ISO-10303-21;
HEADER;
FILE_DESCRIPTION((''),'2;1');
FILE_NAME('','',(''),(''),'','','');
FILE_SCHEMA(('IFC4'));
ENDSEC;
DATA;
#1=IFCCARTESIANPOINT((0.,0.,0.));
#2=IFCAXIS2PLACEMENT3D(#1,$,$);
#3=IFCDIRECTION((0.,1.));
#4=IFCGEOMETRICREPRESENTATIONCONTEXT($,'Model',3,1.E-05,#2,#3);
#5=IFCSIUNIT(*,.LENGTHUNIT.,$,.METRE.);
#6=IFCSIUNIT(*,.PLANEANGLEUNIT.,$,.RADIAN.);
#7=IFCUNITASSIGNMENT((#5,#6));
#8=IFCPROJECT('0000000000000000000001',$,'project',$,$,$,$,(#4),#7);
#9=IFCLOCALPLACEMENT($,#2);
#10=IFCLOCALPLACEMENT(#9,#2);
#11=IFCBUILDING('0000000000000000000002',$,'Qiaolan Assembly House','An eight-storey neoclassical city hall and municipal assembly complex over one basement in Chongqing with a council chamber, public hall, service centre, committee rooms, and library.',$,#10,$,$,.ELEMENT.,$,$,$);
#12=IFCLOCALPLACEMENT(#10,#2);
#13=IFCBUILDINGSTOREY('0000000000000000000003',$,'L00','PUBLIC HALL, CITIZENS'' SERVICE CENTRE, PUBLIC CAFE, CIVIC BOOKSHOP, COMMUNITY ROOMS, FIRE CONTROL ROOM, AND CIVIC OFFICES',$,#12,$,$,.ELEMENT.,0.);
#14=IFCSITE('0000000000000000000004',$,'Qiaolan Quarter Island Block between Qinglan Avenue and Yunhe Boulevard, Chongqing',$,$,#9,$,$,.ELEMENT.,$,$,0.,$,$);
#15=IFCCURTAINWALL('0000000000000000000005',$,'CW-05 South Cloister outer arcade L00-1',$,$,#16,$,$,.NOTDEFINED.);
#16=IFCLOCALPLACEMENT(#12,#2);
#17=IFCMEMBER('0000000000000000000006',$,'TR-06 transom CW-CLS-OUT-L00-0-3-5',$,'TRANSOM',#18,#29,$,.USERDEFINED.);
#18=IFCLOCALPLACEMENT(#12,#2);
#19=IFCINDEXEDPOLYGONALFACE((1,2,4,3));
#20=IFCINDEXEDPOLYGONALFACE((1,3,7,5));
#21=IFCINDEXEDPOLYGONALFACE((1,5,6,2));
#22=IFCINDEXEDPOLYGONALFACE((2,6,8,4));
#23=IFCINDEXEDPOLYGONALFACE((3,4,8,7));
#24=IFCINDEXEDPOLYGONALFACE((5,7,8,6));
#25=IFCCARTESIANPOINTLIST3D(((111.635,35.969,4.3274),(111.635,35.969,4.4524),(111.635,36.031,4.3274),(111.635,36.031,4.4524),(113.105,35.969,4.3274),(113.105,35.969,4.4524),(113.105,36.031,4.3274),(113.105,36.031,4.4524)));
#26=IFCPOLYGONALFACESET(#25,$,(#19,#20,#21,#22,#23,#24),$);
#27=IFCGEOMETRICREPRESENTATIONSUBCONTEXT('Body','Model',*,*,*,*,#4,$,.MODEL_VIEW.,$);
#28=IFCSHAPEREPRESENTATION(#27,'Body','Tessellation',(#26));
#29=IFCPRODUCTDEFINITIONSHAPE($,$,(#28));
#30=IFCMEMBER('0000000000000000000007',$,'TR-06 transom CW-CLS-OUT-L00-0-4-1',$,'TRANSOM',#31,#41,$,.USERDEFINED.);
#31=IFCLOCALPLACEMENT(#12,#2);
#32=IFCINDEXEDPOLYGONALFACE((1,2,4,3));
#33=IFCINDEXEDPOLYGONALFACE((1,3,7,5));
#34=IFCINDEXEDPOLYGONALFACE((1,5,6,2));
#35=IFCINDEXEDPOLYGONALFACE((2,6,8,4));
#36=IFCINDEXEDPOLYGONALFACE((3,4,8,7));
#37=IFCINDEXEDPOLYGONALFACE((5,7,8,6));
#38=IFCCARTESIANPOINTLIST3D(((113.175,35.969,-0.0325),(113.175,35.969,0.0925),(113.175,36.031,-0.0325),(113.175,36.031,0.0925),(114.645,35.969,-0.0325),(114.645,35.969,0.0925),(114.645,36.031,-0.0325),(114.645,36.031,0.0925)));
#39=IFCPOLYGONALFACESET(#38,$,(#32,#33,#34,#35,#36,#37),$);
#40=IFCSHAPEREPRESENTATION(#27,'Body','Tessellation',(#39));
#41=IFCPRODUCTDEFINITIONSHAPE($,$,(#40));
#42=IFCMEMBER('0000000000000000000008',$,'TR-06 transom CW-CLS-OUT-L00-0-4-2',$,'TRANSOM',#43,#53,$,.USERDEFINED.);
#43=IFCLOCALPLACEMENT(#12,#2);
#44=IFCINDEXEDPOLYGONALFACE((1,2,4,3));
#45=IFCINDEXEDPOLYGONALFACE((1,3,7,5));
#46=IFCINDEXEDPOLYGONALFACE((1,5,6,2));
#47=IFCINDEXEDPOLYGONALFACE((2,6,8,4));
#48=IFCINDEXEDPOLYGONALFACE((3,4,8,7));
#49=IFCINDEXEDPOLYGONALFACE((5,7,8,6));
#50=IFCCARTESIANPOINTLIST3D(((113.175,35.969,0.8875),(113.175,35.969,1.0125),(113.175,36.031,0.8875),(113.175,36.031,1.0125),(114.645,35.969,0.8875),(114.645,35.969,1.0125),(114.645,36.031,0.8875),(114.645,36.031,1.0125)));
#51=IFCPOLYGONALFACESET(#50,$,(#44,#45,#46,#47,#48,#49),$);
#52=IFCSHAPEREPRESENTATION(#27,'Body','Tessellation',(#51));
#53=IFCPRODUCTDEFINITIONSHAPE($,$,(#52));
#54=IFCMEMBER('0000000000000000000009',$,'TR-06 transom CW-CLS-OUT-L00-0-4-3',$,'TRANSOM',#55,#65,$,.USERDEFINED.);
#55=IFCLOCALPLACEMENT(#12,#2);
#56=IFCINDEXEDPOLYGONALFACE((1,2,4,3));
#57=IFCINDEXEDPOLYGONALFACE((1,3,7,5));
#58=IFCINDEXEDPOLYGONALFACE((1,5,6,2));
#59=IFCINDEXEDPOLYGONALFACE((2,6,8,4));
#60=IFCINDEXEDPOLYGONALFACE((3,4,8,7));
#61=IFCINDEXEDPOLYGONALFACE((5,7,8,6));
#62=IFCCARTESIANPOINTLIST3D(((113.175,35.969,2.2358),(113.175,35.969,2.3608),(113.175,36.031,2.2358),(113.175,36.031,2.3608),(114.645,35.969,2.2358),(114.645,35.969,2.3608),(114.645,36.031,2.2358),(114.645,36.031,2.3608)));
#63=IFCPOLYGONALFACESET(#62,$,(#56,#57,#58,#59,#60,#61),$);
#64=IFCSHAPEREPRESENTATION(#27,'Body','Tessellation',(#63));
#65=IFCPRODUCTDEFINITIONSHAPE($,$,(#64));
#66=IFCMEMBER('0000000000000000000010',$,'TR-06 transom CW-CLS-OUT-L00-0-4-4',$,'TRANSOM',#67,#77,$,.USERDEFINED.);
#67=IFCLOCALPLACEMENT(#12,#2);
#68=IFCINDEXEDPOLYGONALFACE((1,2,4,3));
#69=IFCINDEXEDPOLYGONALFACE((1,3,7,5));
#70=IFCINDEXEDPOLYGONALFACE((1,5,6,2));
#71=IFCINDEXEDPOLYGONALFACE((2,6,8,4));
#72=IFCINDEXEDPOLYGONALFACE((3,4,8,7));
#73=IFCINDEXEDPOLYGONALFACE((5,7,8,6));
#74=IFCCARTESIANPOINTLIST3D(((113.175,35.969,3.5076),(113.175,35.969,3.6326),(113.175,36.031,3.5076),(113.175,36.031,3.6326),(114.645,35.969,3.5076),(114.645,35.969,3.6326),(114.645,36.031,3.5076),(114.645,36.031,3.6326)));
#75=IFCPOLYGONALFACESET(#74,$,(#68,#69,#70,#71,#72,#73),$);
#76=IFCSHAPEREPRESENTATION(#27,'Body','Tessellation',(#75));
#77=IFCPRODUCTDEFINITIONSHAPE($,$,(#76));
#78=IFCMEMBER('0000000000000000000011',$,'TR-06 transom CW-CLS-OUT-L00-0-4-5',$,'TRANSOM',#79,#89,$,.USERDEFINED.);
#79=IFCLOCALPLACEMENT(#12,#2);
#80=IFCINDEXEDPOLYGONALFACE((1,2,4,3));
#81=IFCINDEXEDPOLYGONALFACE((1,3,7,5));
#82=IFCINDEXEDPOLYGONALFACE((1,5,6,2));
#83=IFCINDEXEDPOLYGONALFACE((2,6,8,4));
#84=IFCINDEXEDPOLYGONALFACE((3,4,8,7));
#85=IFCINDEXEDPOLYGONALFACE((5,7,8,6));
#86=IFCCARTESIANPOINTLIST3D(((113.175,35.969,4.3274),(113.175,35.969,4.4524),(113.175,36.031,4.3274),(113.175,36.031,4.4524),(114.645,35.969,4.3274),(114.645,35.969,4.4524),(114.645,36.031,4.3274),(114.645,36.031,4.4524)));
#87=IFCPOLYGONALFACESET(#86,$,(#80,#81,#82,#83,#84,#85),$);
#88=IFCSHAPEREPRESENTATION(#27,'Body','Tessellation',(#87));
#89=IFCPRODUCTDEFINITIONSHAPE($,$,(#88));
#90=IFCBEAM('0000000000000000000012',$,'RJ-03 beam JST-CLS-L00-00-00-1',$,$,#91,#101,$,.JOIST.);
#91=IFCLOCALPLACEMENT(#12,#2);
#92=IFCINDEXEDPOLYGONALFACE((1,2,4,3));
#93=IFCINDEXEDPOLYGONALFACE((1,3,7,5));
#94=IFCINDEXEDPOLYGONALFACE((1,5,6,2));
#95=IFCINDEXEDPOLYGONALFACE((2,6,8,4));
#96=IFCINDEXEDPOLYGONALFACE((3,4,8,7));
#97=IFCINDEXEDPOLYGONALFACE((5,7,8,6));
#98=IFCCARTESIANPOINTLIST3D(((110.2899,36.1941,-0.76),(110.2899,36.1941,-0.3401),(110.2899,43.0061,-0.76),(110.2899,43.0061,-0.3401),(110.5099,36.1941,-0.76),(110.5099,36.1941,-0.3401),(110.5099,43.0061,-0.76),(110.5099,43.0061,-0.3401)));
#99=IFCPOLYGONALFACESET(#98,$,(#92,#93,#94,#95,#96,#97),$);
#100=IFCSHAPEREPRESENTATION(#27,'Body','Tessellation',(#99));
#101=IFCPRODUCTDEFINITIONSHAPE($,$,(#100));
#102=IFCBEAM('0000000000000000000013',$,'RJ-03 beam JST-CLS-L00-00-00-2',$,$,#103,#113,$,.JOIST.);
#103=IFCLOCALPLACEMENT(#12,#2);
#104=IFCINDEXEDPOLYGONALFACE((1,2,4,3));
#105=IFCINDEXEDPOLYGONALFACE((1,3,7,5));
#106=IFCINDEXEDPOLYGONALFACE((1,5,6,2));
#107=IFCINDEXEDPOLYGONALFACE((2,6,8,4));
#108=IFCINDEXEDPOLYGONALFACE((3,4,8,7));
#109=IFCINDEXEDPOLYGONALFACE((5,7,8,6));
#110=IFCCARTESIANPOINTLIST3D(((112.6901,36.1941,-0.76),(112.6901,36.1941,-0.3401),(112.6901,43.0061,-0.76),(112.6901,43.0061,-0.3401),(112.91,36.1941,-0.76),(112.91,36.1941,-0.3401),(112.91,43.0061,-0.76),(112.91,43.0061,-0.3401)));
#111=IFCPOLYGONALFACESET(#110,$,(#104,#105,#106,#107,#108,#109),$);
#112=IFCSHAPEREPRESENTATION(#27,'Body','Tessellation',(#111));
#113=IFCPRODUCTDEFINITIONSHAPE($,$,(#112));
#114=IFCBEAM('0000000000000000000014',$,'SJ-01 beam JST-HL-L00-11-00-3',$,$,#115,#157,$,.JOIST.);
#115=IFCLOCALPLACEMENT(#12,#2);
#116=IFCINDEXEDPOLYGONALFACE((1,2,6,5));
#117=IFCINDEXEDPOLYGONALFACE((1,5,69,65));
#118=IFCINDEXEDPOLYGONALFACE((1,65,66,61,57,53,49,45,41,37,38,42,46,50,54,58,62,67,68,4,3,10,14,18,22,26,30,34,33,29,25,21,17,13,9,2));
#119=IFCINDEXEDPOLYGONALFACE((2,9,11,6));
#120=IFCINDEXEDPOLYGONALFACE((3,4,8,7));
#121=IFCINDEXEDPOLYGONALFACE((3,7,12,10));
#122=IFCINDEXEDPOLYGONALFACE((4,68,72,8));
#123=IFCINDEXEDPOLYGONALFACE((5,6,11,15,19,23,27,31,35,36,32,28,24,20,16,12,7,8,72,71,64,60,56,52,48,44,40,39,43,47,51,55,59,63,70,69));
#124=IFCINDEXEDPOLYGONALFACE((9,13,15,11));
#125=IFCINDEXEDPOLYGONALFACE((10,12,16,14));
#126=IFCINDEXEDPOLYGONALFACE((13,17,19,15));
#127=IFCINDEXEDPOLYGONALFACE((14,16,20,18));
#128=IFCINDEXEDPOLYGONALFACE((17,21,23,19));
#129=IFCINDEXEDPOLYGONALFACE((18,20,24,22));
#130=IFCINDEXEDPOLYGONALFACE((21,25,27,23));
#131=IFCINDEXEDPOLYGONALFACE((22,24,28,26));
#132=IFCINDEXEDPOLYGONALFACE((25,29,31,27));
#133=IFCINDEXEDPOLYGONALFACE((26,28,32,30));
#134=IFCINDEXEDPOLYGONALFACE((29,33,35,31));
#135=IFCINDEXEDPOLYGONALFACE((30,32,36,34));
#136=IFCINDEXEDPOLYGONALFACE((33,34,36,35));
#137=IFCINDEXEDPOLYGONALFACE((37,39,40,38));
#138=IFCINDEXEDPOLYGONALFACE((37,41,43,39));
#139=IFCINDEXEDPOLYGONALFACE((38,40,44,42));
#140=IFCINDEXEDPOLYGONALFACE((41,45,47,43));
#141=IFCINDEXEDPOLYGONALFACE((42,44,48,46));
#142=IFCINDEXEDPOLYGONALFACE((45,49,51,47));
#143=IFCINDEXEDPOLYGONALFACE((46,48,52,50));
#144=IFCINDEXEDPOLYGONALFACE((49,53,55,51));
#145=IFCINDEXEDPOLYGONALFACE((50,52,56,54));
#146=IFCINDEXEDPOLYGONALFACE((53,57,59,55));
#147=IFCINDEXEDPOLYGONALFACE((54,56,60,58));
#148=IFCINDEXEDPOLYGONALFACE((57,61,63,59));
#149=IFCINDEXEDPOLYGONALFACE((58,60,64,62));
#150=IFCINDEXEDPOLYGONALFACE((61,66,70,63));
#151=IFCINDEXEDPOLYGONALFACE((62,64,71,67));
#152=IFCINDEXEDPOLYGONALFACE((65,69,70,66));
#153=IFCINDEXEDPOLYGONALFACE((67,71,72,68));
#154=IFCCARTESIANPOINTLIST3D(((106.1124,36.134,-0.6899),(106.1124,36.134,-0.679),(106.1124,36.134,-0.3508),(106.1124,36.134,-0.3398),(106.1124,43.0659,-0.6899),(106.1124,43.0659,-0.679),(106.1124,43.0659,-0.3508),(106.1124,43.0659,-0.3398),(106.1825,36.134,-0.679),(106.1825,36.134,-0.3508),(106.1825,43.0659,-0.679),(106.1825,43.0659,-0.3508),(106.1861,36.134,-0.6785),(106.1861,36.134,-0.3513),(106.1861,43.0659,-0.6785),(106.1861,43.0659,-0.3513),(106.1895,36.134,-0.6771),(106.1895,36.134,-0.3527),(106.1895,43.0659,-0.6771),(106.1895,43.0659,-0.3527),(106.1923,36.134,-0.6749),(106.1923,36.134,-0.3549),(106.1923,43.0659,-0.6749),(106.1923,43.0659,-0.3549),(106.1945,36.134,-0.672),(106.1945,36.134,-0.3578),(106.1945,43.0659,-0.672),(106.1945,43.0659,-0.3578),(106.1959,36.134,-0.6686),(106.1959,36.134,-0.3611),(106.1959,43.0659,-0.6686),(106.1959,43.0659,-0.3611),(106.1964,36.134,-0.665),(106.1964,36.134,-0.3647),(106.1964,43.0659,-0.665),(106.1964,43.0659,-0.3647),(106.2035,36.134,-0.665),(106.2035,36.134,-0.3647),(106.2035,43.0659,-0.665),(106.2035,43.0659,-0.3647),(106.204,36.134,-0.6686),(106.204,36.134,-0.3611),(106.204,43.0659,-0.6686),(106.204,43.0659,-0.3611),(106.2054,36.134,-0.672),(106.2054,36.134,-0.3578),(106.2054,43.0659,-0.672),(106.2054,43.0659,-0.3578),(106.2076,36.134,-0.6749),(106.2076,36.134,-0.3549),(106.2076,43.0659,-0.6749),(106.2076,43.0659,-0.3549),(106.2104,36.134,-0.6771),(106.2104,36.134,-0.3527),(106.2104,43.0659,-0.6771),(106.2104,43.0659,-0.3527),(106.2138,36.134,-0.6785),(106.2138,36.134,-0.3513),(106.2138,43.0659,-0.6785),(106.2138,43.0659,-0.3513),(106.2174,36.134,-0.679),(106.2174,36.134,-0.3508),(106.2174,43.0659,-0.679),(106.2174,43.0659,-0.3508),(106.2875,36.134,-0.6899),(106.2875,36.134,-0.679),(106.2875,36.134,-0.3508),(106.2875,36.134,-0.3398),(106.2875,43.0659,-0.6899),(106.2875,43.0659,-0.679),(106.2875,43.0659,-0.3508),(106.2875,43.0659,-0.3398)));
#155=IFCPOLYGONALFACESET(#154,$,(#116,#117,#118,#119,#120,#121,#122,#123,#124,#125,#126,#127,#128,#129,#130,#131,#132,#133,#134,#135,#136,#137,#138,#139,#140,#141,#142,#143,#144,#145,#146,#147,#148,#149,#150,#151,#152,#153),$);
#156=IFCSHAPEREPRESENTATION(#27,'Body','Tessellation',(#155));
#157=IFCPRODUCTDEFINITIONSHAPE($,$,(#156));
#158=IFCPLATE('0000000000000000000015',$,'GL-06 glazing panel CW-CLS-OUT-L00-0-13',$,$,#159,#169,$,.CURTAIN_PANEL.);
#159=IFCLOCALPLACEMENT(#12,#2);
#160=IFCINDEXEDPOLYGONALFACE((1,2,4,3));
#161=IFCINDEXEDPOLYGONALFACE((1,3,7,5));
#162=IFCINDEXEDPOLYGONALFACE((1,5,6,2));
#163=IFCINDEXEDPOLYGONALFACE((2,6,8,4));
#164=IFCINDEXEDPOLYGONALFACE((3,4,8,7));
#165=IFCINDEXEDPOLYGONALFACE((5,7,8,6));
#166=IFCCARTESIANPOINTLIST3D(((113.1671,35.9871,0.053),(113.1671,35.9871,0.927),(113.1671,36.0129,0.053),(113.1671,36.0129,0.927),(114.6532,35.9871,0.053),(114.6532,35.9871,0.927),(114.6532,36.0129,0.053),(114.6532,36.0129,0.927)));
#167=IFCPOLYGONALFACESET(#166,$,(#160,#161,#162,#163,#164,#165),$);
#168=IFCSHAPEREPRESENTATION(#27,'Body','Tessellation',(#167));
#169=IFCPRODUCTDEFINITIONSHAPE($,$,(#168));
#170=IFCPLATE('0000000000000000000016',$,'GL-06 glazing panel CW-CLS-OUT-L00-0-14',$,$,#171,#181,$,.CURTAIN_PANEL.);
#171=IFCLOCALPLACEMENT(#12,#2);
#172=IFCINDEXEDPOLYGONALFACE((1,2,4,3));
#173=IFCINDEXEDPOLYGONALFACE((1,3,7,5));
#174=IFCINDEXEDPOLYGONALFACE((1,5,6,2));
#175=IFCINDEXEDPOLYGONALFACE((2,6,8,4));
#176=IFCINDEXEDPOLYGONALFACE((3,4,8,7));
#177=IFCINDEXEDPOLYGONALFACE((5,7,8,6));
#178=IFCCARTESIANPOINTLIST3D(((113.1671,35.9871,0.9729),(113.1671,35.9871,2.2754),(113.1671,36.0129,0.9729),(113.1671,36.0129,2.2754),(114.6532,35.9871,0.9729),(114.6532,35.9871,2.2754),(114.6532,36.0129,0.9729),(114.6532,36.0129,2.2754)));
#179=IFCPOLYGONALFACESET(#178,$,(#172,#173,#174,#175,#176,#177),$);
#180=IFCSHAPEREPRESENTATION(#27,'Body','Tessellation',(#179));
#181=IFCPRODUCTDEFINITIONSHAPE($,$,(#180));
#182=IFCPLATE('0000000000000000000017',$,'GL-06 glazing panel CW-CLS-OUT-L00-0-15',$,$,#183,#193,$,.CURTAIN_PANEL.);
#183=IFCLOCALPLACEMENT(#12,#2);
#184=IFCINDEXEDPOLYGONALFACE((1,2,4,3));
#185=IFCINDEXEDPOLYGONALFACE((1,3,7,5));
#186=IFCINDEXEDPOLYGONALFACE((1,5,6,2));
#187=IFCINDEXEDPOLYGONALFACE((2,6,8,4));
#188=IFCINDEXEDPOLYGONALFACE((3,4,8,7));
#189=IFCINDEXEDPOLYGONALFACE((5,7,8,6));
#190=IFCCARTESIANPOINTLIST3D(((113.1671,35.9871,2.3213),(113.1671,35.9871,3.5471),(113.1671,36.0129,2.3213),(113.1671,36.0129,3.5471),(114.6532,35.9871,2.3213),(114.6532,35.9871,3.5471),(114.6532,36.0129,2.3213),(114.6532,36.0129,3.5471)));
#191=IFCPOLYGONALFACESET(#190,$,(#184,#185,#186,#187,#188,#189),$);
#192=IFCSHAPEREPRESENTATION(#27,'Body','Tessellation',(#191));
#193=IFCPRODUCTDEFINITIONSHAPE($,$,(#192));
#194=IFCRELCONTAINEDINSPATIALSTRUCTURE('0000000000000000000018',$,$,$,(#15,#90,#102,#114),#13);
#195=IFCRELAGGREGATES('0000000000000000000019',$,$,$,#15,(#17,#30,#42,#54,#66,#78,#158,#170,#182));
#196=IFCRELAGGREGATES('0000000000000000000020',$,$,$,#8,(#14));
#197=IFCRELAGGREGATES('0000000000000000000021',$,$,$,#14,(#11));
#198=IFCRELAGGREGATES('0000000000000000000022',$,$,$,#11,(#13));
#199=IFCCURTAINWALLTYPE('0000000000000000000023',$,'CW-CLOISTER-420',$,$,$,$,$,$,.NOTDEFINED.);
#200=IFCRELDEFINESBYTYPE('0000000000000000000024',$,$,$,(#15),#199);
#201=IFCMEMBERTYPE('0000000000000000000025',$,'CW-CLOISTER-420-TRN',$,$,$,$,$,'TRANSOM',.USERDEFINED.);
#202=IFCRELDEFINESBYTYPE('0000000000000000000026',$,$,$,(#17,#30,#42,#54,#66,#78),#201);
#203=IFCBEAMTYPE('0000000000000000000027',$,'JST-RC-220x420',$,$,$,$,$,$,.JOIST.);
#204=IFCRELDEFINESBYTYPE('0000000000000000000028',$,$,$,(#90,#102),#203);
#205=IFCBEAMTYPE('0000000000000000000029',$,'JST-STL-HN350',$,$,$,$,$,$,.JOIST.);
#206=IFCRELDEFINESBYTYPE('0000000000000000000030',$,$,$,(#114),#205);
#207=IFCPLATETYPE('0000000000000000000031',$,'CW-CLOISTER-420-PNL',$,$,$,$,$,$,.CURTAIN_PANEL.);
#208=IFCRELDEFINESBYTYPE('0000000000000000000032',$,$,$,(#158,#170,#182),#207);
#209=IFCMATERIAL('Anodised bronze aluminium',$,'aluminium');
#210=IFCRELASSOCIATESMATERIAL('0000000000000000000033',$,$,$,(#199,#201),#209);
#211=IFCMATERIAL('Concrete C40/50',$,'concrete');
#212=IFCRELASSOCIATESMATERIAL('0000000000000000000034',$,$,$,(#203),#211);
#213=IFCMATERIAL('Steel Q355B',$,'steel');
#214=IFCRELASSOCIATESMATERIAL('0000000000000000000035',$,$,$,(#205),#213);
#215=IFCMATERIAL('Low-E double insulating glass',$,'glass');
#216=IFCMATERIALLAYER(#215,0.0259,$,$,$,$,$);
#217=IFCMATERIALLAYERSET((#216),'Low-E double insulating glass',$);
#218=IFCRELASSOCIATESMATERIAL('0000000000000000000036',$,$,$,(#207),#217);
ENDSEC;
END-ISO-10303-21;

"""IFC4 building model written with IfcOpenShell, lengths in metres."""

from ifc_helpers import new_model, si_unit, direction, frame, frame_2d, origin, origin_2d, place, context, subcontext, project, spatial, rectangle, i_section, extrude, material, layer, layer_set, material_profile, profile_set, type_object, element, aggregate, save


model = new_model("IFC4")

# Units and contexts
model_context = context("Model", 3, precision=1e-05, world=origin(), true_north=direction((0.0, 1.0)))
body_context = subcontext(model_context, "Body", "Model", "MODEL_VIEW")
ifc_project = project(units=[si_unit("LENGTHUNIT", "METRE"), si_unit("PLANEANGLEUNIT", "RADIAN")], contexts=[model_context])

# Site, building, storey
site_placement = place(None, origin())
site = spatial("IfcSite", under=ifc_project, at=site_placement, Name="Qiaolan Quarter Island Block between Qinglan Avenue and Yunhe Boulevard, Chongqing", CompositionType="ELEMENT", RefElevation=0.0)
building_placement = place(site_placement, origin())
building = spatial("IfcBuilding", under=site, at=building_placement, Name="Qiaolan Assembly House", Description="An eight-storey neoclassical city hall and municipal assembly complex over one basement in Chongqing with a council chamber, public hall, service centre, committee rooms, and library.", CompositionType="ELEMENT")
storey_placement = place(building_placement, origin())
storey = spatial("IfcBuildingStorey", under=building, at=storey_placement, Name="L00", Description="PUBLIC HALL, CITIZENS' SERVICE CENTRE, PUBLIC CAFE, CIVIC BOOKSHOP, COMMUNITY ROOMS, FIRE CONTROL ROOM, AND CIVIC OFFICES", CompositionType="ELEMENT", Elevation=0.0)

# Shared definitions
ifc_material_1 = material(Name="Concrete C40/50", Category="concrete")
ifc_material_2 = material(Name="Steel Q355B", Category="steel")

# Curtain wall
ifc_material_3 = material(Name="Anodised bronze aluminium", Category="aluminium")
curtain_wall_type = type_object("IfcCurtainWallType", Name="CW-CLOISTER-420", PredefinedType="NOTDEFINED", material=ifc_material_3)
curtain_wall_1_placement = place(storey_placement, origin())
curtain_wall_1 = element("IfcCurtainWall", 1, at=curtain_wall_1_placement, inside=storey, type_object=curtain_wall_type, Name="CW-05 South Cloister outer arcade L00-1", PredefinedType="NOTDEFINED")

# Members
ifc_material_profile_1 = material_profile(ifc_material_3, rectangle(XDim=0.062, YDim=0.125, at=origin_2d()), Name="TRN 62x125")
ifc_profile_set_1 = profile_set([ifc_material_profile_1], Name="Anodised bronze aluminium")
member_type_1 = type_object("IfcMemberType", Name="CW-CLOISTER-420-TRN", ElementType="TRANSOM", PredefinedType="USERDEFINED", material=ifc_profile_set_1)
member_1_placement = place(storey_placement, frame((111.635, 36.0, 4.3899), z_axis=(1.0, 0.0, 0.0), x_axis=(0.0, 1.0, 0.0)))
member_1 = element("IfcMember", 2, at=member_1_placement, type_object=member_type_1, Name="TR-06 transom CW-CLS-OUT-L00-0-3-5", ObjectType="TRANSOM", PredefinedType="USERDEFINED", context=body_context, shape_type="SweptSolid", body=[
    extrude(rectangle(XDim=0.062, YDim=0.125, at=origin_2d()), origin(), (0.0, 0.0, 1.0), 1.47),
])
member_2_placement = place(storey_placement, frame((113.175, 36.0, 0.03), z_axis=(1.0, 0.0, 0.0), x_axis=(0.0, 1.0, 0.0)))
member_2 = element("IfcMember", 3, at=member_2_placement, type_object=member_type_1, Name="TR-06 transom CW-CLS-OUT-L00-0-4-1", ObjectType="TRANSOM", PredefinedType="USERDEFINED", context=body_context, shape_type="SweptSolid", body=[
    extrude(rectangle(XDim=0.062, YDim=0.125, at=origin_2d()), origin(), (0.0, 0.0, 1.0), 1.47),
])
member_3_placement = place(storey_placement, frame((113.175, 36.0, 0.95), z_axis=(1.0, 0.0, 0.0), x_axis=(0.0, 1.0, 0.0)))
member_3 = element("IfcMember", 4, at=member_3_placement, type_object=member_type_1, Name="TR-06 transom CW-CLS-OUT-L00-0-4-2", ObjectType="TRANSOM", PredefinedType="USERDEFINED", context=body_context, shape_type="SweptSolid", body=[
    extrude(rectangle(XDim=0.062, YDim=0.125, at=origin_2d()), origin(), (0.0, 0.0, 1.0), 1.47),
])
member_4_placement = place(storey_placement, frame((113.175, 36.0, 2.2983), z_axis=(1.0, 0.0, 0.0), x_axis=(0.0, 1.0, 0.0)))
member_4 = element("IfcMember", 5, at=member_4_placement, type_object=member_type_1, Name="TR-06 transom CW-CLS-OUT-L00-0-4-3", ObjectType="TRANSOM", PredefinedType="USERDEFINED", context=body_context, shape_type="SweptSolid", body=[
    extrude(rectangle(XDim=0.062, YDim=0.125, at=origin_2d()), origin(), (0.0, 0.0, 1.0), 1.47),
])
member_5_placement = place(storey_placement, frame((113.175, 36.0, 3.5701), z_axis=(1.0, 0.0, 0.0), x_axis=(0.0, 1.0, 0.0)))
member_5 = element("IfcMember", 6, at=member_5_placement, type_object=member_type_1, Name="TR-06 transom CW-CLS-OUT-L00-0-4-4", ObjectType="TRANSOM", PredefinedType="USERDEFINED", context=body_context, shape_type="SweptSolid", body=[
    extrude(rectangle(XDim=0.062, YDim=0.125, at=origin_2d()), origin(), (0.0, 0.0, 1.0), 1.47),
])
member_6_placement = place(storey_placement, frame((113.175, 36.0, 4.3899), z_axis=(1.0, 0.0, 0.0), x_axis=(0.0, 1.0, 0.0)))
member_6 = element("IfcMember", 7, at=member_6_placement, type_object=member_type_1, Name="TR-06 transom CW-CLS-OUT-L00-0-4-5", ObjectType="TRANSOM", PredefinedType="USERDEFINED", context=body_context, shape_type="SweptSolid", body=[
    extrude(rectangle(XDim=0.062, YDim=0.125, at=origin_2d()), origin(), (0.0, 0.0, 1.0), 1.47),
])

# Beams
ifc_material_profile_2 = material_profile(ifc_material_1, rectangle(XDim=0.22, YDim=0.4199, at=origin_2d()), Name="RCB 220x420")
ifc_profile_set_2 = profile_set([ifc_material_profile_2], Name="Concrete C40/50")
beam_type_1 = type_object("IfcBeamType", Name="JST-RC-220x420", PredefinedType="JOIST", material=ifc_profile_set_2)
for number, where, z_axis, x_axis, name in (
    (8, (110.3999, 36.1941, -0.55), (0.0, 1.0, 0.0), (-1.0, 0.0, 0.0), "RJ-03 beam JST-CLS-L00-00-00-1"),
    (9, (112.8, 36.1941, -0.55), (0.0, 1.0, 0.0), (-1.0, 0.0, 0.0), "RJ-03 beam JST-CLS-L00-00-00-2"),
):
    element("IfcBeam", number, at=place(storey_placement, frame(where, z_axis=z_axis, x_axis=x_axis)), inside=storey, type_object=beam_type_1, Name=name, PredefinedType="JOIST", context=body_context, shape_type="SweptSolid", body=[
        extrude(rectangle(XDim=0.22, YDim=0.4199, at=origin_2d()), origin(), (0.0, 0.0, 1.0), 6.812),
    ])
ifc_material_profile_3 = material_profile(ifc_material_2, i_section(OverallWidth=0.175, OverallDepth=0.3501, WebThickness=0.0071, FlangeThickness=0.011, FilletRadius=0.0139, at=origin_2d()), Name="HN 350x175x7x11")
ifc_profile_set_3 = profile_set([ifc_material_profile_3], Name="Steel Q355B")
beam_type_2 = type_object("IfcBeamType", Name="JST-STL-HN350", PredefinedType="JOIST", material=ifc_profile_set_3)
beam_1_placement = place(storey_placement, frame((106.2, 36.134, -0.5149), z_axis=(0.0, 1.0, 0.0), x_axis=(-1.0, 0.0, 0.0)))
element("IfcBeam", 10, at=beam_1_placement, inside=storey, type_object=beam_type_2, Name="SJ-01 beam JST-HL-L00-11-00-3", PredefinedType="JOIST", context=body_context, shape_type="SweptSolid", body=[
    extrude(i_section(OverallWidth=0.175, OverallDepth=0.3501, WebThickness=0.0071, FlangeThickness=0.011, FilletRadius=0.0139, at=origin_2d()), origin(), (0.0, 0.0, 1.0), 6.9319),
])

# Plates
ifc_material_4 = material(Name="Low-E double insulating glass", Category="glass")
ifc_layer = layer(ifc_material_4, 0.0259)
ifc_layer_set = layer_set([ifc_layer], Name="Low-E double insulating glass")
plate_type = type_object("IfcPlateType", Name="CW-CLOISTER-420-PNL", PredefinedType="CURTAIN_PANEL", material=ifc_layer_set)
plate_1_placement = place(storey_placement, frame((113.167, 36.0, 0.053), z_axis=(0.0, 0.0, 1.0), x_axis=(1.0, 0.0, 0.0)))
plate_1 = element("IfcPlate", 11, at=plate_1_placement, type_object=plate_type, Name="GL-06 glazing panel CW-CLS-OUT-L00-0-13", PredefinedType="CURTAIN_PANEL", context=body_context, shape_type="SweptSolid", body=[
    extrude(rectangle(XDim=1.4861, YDim=0.0259, at=frame_2d((0.7432, 0.0))), origin(), (0.0, 0.0, 1.0), 0.874),
])
plate_2_placement = place(storey_placement, frame((113.167, 36.0, 0.9729), z_axis=(0.0, 0.0, 1.0), x_axis=(1.0, 0.0, 0.0)))
plate_2 = element("IfcPlate", 12, at=plate_2_placement, type_object=plate_type, Name="GL-06 glazing panel CW-CLS-OUT-L00-0-14", PredefinedType="CURTAIN_PANEL", context=body_context, shape_type="SweptSolid", body=[
    extrude(rectangle(XDim=1.4861, YDim=0.0259, at=frame_2d((0.7432, 0.0))), origin(), (0.0, 0.0, 1.0), 1.3025),
])
plate_3_placement = place(storey_placement, frame((113.167, 36.0, 2.3213), z_axis=(0.0, 0.0, 1.0), x_axis=(1.0, 0.0, 0.0)))
plate_3 = element("IfcPlate", 13, at=plate_3_placement, type_object=plate_type, Name="GL-06 glazing panel CW-CLS-OUT-L00-0-15", PredefinedType="CURTAIN_PANEL", context=body_context, shape_type="SweptSolid", body=[
    extrude(rectangle(XDim=1.4861, YDim=0.0259, at=frame_2d((0.7432, 0.0))), origin(), (0.0, 0.0, 1.0), 1.2258),
])
aggregate(curtain_wall_1, [member_1, member_2, member_3, member_4, member_5, member_6, plate_1, plate_2, plate_3])

save(model, "model.ifc")
